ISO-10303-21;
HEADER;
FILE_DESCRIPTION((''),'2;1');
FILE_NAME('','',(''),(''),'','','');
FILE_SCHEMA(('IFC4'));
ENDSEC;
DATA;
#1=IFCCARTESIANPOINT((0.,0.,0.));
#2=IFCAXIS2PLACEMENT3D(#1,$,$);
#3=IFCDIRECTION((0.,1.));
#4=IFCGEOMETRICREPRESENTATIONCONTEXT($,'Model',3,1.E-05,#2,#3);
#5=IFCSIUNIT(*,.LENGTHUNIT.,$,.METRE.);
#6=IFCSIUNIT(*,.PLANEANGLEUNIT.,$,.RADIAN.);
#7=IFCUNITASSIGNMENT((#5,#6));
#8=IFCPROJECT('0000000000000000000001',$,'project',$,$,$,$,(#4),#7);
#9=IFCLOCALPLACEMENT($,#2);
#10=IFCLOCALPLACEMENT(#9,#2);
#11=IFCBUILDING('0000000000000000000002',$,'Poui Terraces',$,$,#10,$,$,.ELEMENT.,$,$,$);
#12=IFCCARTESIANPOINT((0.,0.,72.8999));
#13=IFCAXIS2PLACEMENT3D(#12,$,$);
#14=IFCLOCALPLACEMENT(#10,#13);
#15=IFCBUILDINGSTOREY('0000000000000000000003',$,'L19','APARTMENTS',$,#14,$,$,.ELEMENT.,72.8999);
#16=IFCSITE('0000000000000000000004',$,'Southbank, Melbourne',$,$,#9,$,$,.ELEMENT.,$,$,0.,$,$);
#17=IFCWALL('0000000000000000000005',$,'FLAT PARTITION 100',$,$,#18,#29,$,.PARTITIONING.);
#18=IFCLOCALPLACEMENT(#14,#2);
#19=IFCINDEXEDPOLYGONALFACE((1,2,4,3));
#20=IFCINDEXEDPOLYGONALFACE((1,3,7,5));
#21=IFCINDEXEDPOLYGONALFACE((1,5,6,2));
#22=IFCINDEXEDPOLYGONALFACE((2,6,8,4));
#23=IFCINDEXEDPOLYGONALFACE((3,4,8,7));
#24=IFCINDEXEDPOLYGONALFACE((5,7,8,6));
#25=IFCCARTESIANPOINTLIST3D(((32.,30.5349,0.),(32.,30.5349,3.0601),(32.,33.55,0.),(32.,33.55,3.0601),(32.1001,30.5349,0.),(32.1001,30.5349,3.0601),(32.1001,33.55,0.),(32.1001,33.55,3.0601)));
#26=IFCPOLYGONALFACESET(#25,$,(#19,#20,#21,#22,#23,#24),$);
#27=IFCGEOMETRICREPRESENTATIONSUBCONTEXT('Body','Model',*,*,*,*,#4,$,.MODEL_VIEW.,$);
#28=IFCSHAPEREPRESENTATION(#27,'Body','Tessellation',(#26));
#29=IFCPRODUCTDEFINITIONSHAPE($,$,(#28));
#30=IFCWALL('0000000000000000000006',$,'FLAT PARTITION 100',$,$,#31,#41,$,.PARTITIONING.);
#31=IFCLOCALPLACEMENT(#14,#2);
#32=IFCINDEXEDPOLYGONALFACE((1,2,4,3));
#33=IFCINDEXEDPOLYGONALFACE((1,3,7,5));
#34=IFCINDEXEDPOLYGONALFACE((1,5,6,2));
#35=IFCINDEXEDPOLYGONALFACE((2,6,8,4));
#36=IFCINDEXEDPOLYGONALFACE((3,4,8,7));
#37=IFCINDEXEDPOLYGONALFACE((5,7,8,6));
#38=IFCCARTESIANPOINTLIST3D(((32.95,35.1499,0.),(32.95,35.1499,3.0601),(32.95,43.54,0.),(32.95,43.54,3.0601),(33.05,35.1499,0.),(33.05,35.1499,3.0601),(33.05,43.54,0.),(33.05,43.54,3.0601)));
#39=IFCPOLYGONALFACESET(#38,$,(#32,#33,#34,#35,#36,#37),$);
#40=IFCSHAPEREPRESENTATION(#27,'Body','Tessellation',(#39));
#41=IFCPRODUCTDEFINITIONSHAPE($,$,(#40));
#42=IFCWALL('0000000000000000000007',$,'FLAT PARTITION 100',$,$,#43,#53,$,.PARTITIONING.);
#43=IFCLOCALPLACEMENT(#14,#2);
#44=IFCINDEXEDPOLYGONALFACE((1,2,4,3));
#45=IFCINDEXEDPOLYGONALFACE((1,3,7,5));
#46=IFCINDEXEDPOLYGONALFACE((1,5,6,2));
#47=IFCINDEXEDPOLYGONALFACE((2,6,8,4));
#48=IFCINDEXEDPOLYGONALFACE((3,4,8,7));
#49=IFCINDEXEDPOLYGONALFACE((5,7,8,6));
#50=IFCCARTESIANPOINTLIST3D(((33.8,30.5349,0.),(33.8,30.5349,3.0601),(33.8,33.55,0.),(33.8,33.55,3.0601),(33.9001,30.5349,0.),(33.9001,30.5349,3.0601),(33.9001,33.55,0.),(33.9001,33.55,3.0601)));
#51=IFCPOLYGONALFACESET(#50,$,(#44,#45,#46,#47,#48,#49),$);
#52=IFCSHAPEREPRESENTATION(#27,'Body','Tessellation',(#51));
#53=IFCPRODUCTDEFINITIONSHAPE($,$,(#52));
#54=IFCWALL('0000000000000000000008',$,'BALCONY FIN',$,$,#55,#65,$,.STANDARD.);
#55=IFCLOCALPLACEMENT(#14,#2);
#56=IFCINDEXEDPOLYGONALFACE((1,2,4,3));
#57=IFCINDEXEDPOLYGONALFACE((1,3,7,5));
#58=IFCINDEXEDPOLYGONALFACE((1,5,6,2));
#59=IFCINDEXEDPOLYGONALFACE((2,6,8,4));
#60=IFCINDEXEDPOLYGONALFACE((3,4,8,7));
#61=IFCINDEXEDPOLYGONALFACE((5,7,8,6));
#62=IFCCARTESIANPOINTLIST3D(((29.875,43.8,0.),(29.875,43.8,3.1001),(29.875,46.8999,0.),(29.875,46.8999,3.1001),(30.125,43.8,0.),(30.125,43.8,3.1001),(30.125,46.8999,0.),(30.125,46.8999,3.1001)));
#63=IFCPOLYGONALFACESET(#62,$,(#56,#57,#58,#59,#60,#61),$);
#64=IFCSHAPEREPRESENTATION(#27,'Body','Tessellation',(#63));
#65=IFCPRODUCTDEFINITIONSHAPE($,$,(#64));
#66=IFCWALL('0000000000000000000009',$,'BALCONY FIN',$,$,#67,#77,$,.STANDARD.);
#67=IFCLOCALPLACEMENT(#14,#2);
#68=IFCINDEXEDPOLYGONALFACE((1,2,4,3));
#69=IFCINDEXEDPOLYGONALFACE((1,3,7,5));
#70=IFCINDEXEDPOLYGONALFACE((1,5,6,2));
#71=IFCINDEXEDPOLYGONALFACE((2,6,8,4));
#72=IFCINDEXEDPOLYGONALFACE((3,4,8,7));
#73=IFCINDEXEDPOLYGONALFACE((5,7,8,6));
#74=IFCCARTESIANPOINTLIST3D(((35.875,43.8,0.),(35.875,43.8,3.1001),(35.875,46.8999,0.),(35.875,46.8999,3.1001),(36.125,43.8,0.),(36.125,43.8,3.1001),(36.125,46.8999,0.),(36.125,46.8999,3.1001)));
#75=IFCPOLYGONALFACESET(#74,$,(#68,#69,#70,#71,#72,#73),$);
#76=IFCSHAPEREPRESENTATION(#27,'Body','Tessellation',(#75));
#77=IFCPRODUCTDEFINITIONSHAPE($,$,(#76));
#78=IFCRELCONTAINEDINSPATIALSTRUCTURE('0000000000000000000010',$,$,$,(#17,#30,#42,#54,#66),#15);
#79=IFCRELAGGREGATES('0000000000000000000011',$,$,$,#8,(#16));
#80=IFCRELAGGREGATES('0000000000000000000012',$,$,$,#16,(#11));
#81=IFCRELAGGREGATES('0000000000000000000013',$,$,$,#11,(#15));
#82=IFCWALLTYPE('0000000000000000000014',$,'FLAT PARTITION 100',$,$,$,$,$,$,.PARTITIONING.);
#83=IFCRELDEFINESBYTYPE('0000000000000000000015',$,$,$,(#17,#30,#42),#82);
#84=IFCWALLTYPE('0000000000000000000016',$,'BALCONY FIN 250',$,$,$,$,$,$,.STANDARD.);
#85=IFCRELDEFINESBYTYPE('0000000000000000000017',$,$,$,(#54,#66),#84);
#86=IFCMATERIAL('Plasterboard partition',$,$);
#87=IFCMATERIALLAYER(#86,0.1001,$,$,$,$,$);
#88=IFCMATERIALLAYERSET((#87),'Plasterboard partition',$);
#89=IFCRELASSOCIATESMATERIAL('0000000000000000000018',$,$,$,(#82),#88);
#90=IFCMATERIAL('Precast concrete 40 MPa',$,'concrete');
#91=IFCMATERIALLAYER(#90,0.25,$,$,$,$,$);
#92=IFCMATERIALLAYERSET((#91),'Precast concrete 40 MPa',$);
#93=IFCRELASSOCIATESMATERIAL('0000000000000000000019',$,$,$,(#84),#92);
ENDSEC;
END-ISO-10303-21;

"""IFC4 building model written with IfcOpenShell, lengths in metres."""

from ifc_helpers import new_model, si_unit, direction, frame, frame_2d, origin, place, context, subcontext, project, spatial, polyline, rectangle, outline, extrude, source, transform, mapped, material, layer, layer_set, type_object, element, save


model = new_model("IFC4")

# Units and contexts
model_context = context("Model", 3, precision=1e-05, world=origin(), true_north=direction((0.0, 1.0)))
body_context = subcontext(model_context, "Body", "Model", "MODEL_VIEW")
ifc_project = project(units=[si_unit("LENGTHUNIT", "METRE"), si_unit("PLANEANGLEUNIT", "RADIAN")], contexts=[model_context])

# Site, building, storey
site_placement = place(None, origin())
site = spatial("IfcSite", under=ifc_project, at=site_placement, Name="Southbank, Melbourne", CompositionType="ELEMENT", RefElevation=0.0)
building_placement = place(site_placement, origin())
building = spatial("IfcBuilding", under=site, at=building_placement, Name="Poui Terraces", CompositionType="ELEMENT")
storey_placement = place(building_placement, frame((0.0, 0.0, 72.8999)))
storey = spatial("IfcBuildingStorey", under=building, at=storey_placement, Name="L19", Description="APARTMENTS", CompositionType="ELEMENT", Elevation=72.8999)

# Shared definitions
ifc_material_1 = material(Name="Plasterboard partition")
ifc_layer_1 = layer(ifc_material_1, 0.1001)
ifc_layer_set_1 = layer_set([ifc_layer_1], Name="Plasterboard partition")
wall_type_1 = type_object("IfcWallType", Name="FLAT PARTITION 100", PredefinedType="PARTITIONING", material=ifc_layer_set_1)

# Walls
wall_1_placement = place(storey_placement, frame((32.05, 30.5349, 0.0), z_axis=(0.0, 0.0, 1.0), x_axis=(0.0, 1.0, 0.0)))
element("IfcWall", 1, at=wall_1_placement, inside=storey, type_object=wall_type_1, Name="FLAT PARTITION 100", PredefinedType="PARTITIONING", context=body_context, shape_type="SweptSolid", body=[
    extrude(rectangle(XDim=3.0151, YDim=0.1001, at=frame_2d((1.5076, 0.0))), origin(), (0.0, 0.0, 1.0), 3.0601),
])
wall_2_placement = place(storey_placement, frame((33.0, 35.1499, 0.0), z_axis=(0.0, 0.0, 1.0), x_axis=(0.0, 1.0, 0.0)))
element("IfcWall", 2, at=wall_2_placement, inside=storey, type_object=wall_type_1, Name="FLAT PARTITION 100", PredefinedType="PARTITIONING", context=body_context, shape_type="SweptSolid", body=[
    extrude(rectangle(XDim=8.3901, YDim=0.1001, at=frame_2d((4.1951, 0.0))), origin(), (0.0, 0.0, 1.0), 3.0601),
])
wall_3_placement = place(storey_placement, frame((33.8501, 30.5349, 0.0), z_axis=(0.0, 0.0, 1.0), x_axis=(0.0, 1.0, 0.0)))
element("IfcWall", 3, at=wall_3_placement, inside=storey, type_object=wall_type_1, Name="FLAT PARTITION 100", PredefinedType="PARTITIONING", context=body_context, shape_type="SweptSolid", body=[
    extrude(rectangle(XDim=3.0151, YDim=0.1001, at=frame_2d((1.5076, 0.0))), origin(), (0.0, 0.0, 1.0), 3.0601),
])
ifc_material_2 = material(Name="Precast concrete 40 MPa", Category="concrete")
ifc_layer_2 = layer(ifc_material_2, 0.25)
ifc_layer_set_2 = layer_set([ifc_layer_2], Name="Precast concrete 40 MPa")
wall_type_2 = type_object("IfcWallType", Name="BALCONY FIN 250", PredefinedType="STANDARD", material=ifc_layer_set_2)
shared_shape_1 = source(origin(), body_context, "Body", "SweptSolid", [
    extrude(outline(polyline([(0.0, 0.0), (0.25, 0.0), (0.25, 3.0999), (0.0, 3.0999), (0.0, 0.0)])), origin(), (0.0, 0.0, 1.0), 3.1001),
])
for number, where, name in (
    (4, (29.875, 43.8, 0.0), "BALCONY FIN"),
    (5, (35.875, 43.8, 0.0), "BALCONY FIN"),
):
    element("IfcWall", number, at=place(storey_placement, frame(where)), inside=storey, type_object=wall_type_2, Name=name, PredefinedType="STANDARD", context=body_context, shape_type="MappedRepresentation", body=[
        mapped(shared_shape_1, transform((0.0, 0.0, 0.0))),
    ])

save(model, "model.ifc")
